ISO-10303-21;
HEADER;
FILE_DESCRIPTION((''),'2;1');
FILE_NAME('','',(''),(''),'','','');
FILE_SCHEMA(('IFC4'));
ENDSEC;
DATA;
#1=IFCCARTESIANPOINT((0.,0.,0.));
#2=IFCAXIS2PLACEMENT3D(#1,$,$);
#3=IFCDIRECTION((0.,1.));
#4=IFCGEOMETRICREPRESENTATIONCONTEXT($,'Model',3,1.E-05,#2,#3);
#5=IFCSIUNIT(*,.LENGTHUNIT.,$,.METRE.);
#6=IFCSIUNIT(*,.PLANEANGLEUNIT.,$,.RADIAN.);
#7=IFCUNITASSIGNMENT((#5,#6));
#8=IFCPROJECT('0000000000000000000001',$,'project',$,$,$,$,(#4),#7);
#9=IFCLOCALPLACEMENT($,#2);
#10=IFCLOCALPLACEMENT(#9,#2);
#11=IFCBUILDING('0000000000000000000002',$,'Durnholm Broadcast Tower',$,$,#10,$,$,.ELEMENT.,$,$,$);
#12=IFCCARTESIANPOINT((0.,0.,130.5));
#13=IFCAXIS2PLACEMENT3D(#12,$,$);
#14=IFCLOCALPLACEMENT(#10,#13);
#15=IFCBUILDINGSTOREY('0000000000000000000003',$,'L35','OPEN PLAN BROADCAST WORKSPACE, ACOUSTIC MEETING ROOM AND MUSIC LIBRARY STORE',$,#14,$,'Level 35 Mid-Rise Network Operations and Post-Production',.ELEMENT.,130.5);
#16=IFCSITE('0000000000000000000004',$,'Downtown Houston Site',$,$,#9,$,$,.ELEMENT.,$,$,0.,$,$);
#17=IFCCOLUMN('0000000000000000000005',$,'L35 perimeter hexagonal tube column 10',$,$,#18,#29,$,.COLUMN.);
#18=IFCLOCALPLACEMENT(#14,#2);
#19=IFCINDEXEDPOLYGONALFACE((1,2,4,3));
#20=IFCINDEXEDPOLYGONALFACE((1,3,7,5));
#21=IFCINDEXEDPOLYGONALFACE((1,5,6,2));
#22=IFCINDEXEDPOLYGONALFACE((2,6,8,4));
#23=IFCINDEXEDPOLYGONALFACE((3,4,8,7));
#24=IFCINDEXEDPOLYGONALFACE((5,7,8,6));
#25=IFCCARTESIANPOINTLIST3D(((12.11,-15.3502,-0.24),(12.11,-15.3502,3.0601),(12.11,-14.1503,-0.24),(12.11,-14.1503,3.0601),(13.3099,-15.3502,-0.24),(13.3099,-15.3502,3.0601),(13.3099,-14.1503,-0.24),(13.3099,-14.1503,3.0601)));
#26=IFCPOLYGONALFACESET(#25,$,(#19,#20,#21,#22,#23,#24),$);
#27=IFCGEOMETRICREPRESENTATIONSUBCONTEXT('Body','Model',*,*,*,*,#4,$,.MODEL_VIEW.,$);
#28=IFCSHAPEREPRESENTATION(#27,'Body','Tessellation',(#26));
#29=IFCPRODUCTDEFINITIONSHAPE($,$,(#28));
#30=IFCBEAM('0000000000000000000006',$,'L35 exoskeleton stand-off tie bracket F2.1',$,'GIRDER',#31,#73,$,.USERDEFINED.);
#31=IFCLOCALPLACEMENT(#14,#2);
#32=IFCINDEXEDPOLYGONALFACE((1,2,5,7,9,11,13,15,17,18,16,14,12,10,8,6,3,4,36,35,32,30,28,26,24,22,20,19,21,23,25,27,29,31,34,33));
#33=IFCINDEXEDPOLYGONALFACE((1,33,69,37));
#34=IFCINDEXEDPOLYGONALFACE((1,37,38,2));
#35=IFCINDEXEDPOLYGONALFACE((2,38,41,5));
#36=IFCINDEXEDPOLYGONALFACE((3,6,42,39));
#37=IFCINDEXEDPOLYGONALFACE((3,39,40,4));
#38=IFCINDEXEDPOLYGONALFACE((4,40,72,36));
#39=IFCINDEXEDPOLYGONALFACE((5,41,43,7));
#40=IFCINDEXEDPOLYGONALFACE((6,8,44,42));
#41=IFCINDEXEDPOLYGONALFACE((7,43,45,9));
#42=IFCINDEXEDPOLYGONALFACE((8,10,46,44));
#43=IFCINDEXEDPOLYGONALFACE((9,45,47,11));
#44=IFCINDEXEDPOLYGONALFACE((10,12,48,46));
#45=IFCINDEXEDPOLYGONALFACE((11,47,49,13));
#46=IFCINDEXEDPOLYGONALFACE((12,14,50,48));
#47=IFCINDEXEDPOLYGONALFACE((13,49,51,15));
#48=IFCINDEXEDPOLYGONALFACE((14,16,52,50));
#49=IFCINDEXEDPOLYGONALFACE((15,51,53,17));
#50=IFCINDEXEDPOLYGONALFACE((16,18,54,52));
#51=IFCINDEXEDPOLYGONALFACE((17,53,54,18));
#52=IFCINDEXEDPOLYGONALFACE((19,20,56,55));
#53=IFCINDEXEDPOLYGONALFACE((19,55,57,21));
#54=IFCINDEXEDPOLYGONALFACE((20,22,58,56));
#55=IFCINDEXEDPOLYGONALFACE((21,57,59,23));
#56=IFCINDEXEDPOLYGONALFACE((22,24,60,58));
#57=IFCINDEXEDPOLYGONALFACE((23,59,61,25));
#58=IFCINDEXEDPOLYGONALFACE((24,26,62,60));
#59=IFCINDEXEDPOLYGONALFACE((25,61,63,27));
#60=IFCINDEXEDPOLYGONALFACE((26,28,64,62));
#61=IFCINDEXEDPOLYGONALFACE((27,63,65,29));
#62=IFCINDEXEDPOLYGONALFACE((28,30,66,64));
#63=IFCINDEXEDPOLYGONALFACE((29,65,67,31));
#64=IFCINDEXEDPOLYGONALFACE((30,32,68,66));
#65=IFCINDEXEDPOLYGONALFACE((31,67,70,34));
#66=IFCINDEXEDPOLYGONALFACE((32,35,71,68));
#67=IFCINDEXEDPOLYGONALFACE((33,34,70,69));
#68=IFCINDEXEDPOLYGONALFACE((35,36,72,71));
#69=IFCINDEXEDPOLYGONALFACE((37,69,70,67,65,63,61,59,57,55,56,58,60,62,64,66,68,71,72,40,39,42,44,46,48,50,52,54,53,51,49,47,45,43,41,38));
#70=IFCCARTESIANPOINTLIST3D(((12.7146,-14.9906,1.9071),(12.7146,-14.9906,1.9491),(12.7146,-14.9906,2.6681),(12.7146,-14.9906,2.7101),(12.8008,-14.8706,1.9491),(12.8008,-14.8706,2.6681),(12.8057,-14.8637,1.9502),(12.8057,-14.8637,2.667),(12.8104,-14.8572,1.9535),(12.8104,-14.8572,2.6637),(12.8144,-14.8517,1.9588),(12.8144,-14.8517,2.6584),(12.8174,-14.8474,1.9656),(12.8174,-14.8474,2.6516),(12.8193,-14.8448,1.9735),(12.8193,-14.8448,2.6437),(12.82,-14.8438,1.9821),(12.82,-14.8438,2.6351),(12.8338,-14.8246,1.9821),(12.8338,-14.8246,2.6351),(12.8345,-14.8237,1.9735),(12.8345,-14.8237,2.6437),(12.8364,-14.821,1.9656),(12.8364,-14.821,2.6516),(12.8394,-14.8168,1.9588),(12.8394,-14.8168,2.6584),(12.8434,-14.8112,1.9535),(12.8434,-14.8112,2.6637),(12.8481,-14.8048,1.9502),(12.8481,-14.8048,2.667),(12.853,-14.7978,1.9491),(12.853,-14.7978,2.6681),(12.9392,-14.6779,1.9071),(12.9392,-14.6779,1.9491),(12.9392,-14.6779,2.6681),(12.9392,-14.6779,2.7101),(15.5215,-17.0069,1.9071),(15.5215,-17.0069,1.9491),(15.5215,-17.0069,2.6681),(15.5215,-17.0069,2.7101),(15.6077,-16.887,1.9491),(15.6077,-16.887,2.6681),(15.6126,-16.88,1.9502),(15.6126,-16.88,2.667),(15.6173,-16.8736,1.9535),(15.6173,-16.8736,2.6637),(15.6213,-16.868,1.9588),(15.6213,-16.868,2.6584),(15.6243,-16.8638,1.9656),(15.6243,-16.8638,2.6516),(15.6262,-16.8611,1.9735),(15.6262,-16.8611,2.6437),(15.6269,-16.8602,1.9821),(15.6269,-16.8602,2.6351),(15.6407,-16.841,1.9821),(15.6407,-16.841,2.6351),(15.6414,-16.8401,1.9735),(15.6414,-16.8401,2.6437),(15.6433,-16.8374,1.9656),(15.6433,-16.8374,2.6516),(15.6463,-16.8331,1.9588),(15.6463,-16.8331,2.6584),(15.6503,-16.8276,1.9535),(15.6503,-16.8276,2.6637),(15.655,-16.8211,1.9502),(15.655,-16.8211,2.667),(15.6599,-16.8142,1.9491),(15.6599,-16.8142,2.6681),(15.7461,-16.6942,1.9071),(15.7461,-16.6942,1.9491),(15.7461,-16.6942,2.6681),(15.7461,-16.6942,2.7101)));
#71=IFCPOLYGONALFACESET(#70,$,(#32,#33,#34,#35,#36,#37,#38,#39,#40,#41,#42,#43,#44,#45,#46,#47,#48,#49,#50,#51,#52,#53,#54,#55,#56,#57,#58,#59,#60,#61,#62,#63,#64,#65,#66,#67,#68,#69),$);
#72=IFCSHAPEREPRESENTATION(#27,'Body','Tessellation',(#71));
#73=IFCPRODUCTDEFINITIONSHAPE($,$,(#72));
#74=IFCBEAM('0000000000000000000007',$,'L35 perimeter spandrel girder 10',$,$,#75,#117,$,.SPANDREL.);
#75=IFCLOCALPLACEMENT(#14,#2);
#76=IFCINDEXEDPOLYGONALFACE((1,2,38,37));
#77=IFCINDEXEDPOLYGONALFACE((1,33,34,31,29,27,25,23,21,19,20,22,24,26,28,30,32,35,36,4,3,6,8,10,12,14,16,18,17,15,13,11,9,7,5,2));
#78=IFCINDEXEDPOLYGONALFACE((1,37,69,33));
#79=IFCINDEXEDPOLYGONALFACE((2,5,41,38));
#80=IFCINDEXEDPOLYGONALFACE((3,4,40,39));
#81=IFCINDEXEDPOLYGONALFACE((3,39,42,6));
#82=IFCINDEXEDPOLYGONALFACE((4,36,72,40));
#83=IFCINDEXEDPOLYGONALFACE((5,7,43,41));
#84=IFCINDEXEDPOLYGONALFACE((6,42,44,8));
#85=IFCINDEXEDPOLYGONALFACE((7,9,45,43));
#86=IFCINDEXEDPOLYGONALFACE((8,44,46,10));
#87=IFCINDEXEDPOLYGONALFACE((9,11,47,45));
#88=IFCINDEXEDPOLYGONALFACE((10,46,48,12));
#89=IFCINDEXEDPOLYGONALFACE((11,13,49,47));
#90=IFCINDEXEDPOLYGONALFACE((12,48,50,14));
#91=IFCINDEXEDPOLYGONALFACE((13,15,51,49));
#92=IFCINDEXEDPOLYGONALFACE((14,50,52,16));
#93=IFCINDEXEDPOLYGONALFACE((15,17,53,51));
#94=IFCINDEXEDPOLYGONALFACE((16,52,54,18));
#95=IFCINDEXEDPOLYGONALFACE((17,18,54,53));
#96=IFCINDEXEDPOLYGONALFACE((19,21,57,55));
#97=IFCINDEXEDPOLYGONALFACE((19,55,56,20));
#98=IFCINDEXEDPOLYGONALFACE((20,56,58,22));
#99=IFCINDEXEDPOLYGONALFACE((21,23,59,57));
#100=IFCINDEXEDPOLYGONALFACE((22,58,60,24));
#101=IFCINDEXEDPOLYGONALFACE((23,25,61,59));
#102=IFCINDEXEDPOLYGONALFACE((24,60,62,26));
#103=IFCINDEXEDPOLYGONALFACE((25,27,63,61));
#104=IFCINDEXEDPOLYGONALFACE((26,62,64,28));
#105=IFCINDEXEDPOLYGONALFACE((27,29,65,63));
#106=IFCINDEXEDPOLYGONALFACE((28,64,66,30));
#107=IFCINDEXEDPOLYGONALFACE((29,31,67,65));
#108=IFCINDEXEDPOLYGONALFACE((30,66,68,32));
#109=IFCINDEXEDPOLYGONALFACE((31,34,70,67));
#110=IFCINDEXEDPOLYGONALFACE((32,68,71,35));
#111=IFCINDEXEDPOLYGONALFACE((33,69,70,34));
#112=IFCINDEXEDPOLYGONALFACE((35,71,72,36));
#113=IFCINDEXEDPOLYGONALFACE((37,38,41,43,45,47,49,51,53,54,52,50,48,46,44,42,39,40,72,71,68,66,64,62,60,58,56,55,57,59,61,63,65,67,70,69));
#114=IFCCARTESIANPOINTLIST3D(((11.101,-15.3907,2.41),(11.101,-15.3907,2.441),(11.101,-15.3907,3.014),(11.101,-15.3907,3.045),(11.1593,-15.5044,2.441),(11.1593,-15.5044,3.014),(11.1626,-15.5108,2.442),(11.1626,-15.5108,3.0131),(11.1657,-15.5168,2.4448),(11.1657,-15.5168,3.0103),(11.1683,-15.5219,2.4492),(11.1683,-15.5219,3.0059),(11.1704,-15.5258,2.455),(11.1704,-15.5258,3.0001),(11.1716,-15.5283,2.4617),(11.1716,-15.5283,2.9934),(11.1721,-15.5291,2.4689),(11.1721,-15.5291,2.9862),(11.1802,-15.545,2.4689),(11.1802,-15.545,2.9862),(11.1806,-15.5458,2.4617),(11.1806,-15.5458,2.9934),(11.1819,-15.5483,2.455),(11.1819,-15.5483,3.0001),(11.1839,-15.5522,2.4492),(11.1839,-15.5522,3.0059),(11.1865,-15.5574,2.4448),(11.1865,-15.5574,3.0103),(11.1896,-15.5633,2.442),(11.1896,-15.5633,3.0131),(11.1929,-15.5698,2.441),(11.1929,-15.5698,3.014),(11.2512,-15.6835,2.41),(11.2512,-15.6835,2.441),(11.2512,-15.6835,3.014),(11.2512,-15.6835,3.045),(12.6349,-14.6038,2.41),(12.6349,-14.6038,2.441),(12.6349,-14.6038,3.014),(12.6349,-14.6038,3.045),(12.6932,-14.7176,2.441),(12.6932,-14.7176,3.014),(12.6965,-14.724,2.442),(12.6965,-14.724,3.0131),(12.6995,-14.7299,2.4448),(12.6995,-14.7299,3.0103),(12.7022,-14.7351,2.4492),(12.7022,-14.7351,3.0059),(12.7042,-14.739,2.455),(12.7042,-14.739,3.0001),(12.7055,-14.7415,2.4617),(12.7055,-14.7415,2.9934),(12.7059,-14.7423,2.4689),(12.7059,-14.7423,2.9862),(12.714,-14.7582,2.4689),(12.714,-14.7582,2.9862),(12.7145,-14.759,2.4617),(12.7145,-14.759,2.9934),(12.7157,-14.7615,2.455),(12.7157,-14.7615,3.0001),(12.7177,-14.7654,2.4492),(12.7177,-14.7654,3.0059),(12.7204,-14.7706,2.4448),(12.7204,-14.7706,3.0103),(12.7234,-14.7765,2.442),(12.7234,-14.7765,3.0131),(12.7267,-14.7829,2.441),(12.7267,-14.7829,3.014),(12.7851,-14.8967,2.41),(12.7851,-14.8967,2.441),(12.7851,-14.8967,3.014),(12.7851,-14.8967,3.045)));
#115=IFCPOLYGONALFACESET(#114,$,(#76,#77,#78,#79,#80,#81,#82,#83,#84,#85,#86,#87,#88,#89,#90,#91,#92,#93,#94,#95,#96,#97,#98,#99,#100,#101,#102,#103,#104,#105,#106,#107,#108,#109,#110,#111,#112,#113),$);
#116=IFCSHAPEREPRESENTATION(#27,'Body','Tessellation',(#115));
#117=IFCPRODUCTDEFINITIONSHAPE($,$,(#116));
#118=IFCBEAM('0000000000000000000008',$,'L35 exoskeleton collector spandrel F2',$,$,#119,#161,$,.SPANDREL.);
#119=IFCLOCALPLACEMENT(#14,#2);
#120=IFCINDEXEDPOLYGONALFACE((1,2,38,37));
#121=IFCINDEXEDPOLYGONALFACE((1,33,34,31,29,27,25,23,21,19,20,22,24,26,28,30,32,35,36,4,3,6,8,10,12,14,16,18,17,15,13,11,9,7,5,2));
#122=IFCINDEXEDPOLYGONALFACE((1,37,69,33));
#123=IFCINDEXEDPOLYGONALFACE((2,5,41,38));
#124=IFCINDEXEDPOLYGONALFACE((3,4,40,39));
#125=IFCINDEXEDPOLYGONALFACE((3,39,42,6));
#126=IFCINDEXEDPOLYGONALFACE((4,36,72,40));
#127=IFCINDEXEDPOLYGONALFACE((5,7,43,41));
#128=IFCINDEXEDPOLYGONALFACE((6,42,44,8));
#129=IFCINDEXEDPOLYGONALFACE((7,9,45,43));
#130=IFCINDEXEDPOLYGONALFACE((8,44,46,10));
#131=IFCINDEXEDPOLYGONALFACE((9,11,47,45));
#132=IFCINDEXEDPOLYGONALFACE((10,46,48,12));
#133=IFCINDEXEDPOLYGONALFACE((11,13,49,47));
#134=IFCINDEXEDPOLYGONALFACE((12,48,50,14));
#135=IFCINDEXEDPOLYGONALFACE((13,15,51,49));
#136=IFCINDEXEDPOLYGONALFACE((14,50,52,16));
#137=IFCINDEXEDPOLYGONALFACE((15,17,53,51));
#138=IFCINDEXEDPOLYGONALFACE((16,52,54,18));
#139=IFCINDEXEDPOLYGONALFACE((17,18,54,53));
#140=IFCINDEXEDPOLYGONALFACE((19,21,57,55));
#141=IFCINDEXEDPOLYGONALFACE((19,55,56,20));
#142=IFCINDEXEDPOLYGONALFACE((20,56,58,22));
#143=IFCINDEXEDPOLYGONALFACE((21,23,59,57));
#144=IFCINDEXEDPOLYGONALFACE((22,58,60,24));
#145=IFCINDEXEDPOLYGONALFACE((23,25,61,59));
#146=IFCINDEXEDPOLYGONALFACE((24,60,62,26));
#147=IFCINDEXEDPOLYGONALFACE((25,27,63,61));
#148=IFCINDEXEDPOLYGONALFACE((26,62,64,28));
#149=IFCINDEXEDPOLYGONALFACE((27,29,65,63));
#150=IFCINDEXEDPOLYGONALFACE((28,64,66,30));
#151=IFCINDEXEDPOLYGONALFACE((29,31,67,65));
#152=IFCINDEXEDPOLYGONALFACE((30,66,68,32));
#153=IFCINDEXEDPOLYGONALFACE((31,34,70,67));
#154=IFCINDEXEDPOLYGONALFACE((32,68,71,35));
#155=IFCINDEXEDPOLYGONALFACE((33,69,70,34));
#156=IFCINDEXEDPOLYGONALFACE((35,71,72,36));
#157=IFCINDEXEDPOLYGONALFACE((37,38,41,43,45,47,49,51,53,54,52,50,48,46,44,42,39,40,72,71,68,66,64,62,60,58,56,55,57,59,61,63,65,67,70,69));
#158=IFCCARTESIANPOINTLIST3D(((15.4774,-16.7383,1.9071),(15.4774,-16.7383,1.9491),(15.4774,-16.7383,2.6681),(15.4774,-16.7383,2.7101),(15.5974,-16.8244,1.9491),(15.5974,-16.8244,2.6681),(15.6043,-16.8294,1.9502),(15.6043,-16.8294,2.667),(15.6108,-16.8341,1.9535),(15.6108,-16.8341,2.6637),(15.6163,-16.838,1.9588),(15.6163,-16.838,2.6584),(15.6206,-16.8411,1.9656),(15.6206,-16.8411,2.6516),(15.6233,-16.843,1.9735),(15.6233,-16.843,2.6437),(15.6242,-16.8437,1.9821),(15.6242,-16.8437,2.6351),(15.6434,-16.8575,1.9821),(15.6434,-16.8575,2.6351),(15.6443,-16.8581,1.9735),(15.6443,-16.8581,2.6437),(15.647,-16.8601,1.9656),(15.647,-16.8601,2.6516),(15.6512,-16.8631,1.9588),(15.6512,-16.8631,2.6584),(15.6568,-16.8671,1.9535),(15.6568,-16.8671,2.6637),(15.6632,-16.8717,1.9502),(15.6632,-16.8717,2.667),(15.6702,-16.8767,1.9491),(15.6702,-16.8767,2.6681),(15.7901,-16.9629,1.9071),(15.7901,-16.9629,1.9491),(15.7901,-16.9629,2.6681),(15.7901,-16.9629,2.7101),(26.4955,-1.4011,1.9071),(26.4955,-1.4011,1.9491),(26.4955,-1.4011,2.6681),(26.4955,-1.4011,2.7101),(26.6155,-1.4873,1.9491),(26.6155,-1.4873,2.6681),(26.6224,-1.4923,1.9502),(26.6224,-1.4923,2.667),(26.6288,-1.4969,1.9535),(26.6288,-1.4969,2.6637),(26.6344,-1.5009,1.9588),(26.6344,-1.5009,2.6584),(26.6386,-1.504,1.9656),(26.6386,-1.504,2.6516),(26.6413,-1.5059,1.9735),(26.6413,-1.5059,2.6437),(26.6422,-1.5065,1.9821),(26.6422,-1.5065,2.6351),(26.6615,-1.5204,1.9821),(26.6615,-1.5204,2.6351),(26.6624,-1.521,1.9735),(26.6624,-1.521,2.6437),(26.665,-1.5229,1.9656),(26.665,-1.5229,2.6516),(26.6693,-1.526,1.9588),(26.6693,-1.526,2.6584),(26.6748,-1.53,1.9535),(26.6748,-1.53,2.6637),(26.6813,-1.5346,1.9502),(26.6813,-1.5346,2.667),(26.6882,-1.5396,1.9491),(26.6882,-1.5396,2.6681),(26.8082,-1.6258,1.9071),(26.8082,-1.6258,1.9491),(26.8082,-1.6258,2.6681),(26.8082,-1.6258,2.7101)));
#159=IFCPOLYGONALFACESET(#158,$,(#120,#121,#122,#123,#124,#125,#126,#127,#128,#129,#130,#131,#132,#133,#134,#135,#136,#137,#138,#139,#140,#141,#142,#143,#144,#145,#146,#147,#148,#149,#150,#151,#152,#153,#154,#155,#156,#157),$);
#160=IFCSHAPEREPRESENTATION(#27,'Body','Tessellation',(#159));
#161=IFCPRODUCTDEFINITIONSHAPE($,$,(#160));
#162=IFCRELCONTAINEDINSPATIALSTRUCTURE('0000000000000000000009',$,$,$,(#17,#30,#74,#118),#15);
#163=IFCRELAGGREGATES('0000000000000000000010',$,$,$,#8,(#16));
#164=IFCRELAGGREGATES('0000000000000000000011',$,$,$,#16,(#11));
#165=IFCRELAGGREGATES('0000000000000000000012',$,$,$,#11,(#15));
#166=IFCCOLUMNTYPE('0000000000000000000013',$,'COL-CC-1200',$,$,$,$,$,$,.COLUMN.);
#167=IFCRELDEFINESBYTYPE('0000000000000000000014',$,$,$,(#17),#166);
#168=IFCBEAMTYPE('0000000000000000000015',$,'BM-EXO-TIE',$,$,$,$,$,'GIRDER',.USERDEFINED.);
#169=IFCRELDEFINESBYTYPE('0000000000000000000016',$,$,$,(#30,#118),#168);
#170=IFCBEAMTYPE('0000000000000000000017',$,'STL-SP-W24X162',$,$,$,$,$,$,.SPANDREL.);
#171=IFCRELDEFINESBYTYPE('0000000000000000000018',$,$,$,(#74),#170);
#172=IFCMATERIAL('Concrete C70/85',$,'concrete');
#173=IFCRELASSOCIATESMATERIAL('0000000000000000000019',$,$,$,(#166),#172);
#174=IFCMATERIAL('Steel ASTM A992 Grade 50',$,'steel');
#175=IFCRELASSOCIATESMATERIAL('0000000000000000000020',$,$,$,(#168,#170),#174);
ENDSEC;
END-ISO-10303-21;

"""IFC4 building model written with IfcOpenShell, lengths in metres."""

from ifc_helpers import new_model, si_unit, direction, frame, origin, origin_2d, place, context, subcontext, project, spatial, rectangle, i_section, extrude, source, transform, mapped, material, material_profile, profile_set, type_object, type_shapes, element, save


model = new_model("IFC4")

# Units and contexts
model_context = context("Model", 3, precision=1e-05, world=origin(), true_north=direction((0.0, 1.0)))
body_context = subcontext(model_context, "Body", "Model", "MODEL_VIEW")
ifc_project = project(units=[si_unit("LENGTHUNIT", "METRE"), si_unit("PLANEANGLEUNIT", "RADIAN")], contexts=[model_context])

# Site, building, storey
site_placement = place(None, origin())
site = spatial("IfcSite", under=ifc_project, at=site_placement, Name="Downtown Houston Site", CompositionType="ELEMENT", RefElevation=0.0)
building_placement = place(site_placement, origin())
building = spatial("IfcBuilding", under=site, at=building_placement, Name="Durnholm Broadcast Tower", CompositionType="ELEMENT")
storey_placement = place(building_placement, frame((0.0, 0.0, 130.5)))
storey = spatial("IfcBuildingStorey", under=building, at=storey_placement, Name="L35", Description="OPEN PLAN BROADCAST WORKSPACE, ACOUSTIC MEETING ROOM AND MUSIC LIBRARY STORE", LongName="Level 35 Mid-Rise Network Operations and Post-Production", CompositionType="ELEMENT", Elevation=130.5)

# Column
ifc_material_1 = material(Name="Concrete C70/85", Category="concrete")
ifc_material_profile_1 = material_profile(ifc_material_1, rectangle(XDim=1.2, YDim=1.2, at=origin_2d()), Name="RC1200X1200")
ifc_profile_set_1 = profile_set([ifc_material_profile_1], Name="Concrete C70/85")
column_type = type_object("IfcColumnType", Name="COL-CC-1200", PredefinedType="COLUMN", material=ifc_profile_set_1)
shared_shape_1 = source(origin(), body_context, "Body", "SweptSolid", [
    extrude(rectangle(XDim=1.2, YDim=1.2, at=origin_2d()), origin(), (0.0, 0.0, 1.0), 3.3),
])
type_shapes(column_type, [shared_shape_1])
column_placement = place(storey_placement, frame((12.71, -14.7502, -0.24), z_axis=(0.0, 0.0, 1.0), x_axis=(1.0, 0.0, 0.0)))
element("IfcColumn", 1, at=column_placement, inside=storey, type_object=column_type, Name="L35 perimeter hexagonal tube column 10", PredefinedType="COLUMN", context=body_context, shape_type="MappedRepresentation", body=[
    mapped(shared_shape_1, transform((0.0, 0.0, 0.0), x_axis=(1.0, 0.0, 0.0), y_axis=(0.0, 1.0, 0.0), z_axis=(0.0, 0.0, 1.0), scale=1.0)),
])

# Beams
ifc_material_2 = material(Name="Steel ASTM A992 Grade 50", Category="steel")
ifc_material_profile_2 = material_profile(ifc_material_2, i_section(OverallWidth=0.385, OverallDepth=0.803, WebThickness=0.0237, FlangeThickness=0.042, FilletRadius=0.033, at=origin_2d()), Name="W30X261")
ifc_profile_set_2 = profile_set([ifc_material_profile_2], Name="Steel ASTM A992 Grade 50")
beam_type_1 = type_object("IfcBeamType", Name="BM-EXO-TIE", ElementType="GIRDER", PredefinedType="USERDEFINED", material=ifc_profile_set_2)
shared_shape_2 = source(origin(), body_context, "Body", "SweptSolid", [
    extrude(i_section(OverallWidth=0.385, OverallDepth=0.803, WebThickness=0.0237, FlangeThickness=0.042, FilletRadius=0.033, at=origin_2d()), origin(), (0.0, 0.0, 1.0), 3.4561),
])
beam_1_placement = place(storey_placement, frame((12.8269, -14.8342, 2.3086), z_axis=(0.812165, -0.583428, 0.0), x_axis=(0.583428, 0.812165, 0.0)))
element("IfcBeam", 2, at=beam_1_placement, inside=storey, type_object=beam_type_1, Name="L35 exoskeleton stand-off tie bracket F2.1", ObjectType="GIRDER", PredefinedType="USERDEFINED", context=body_context, shape_type="MappedRepresentation", body=[
    mapped(shared_shape_2, transform((0.0, 0.0, 0.0), x_axis=(1.0, 0.0, 0.0), y_axis=(0.0, 1.0, 0.0), z_axis=(0.0, 0.0, 1.0), scale=1.0)),
])
ifc_material_profile_3 = material_profile(ifc_material_2, i_section(OverallWidth=0.3291, OverallDepth=0.635, WebThickness=0.0178, FlangeThickness=0.031, FilletRadius=0.0278, at=origin_2d()), Name="W24X162")
ifc_profile_set_3 = profile_set([ifc_material_profile_3], Name="Steel ASTM A992 Grade 50")
beam_type_2 = type_object("IfcBeamType", Name="STL-SP-W24X162", PredefinedType="SPANDREL", material=ifc_profile_set_3)
shared_shape_3 = source(origin(), body_context, "Body", "SweptSolid", [
    extrude(i_section(OverallWidth=0.3291, OverallDepth=0.635, WebThickness=0.0178, FlangeThickness=0.031, FilletRadius=0.0278, at=origin_2d()), origin(), (0.0, 0.0, 1.0), 1.7239),
])
type_shapes(beam_type_2, [shared_shape_3])
beam_2_placement = place(storey_placement, frame((12.71, -14.7502, 2.7275), z_axis=(-0.889763, -0.456423, 0.0), x_axis=(0.456423, -0.889763, 0.0)))
element("IfcBeam", 3, at=beam_2_placement, inside=storey, type_object=beam_type_2, Name="L35 perimeter spandrel girder 10", PredefinedType="SPANDREL", context=body_context, shape_type="MappedRepresentation", body=[
    mapped(shared_shape_3, transform((0.0, 0.0, 0.0), x_axis=(1.0, 0.0, 0.0), y_axis=(0.0, 1.0, 0.0), z_axis=(0.0, 0.0, 1.0), scale=1.0)),
])
shared_shape_4 = source(origin(), body_context, "Body", "SweptSolid", [
    extrude(i_section(OverallWidth=0.385, OverallDepth=0.803, WebThickness=0.0237, FlangeThickness=0.042, FilletRadius=0.033, at=origin_2d()), origin(), (0.0, 0.0, 1.0), 18.8845),
])
type_shapes(beam_type_1, [shared_shape_2, shared_shape_4])
beam_3_placement = place(storey_placement, frame((15.6338, -16.8506, 2.3086), z_axis=(0.583443, 0.812154, 0.0), x_axis=(-0.812154, 0.583443, 0.0)))
element("IfcBeam", 4, at=beam_3_placement, inside=storey, type_object=beam_type_1, Name="L35 exoskeleton collector spandrel F2", PredefinedType="SPANDREL", context=body_context, shape_type="MappedRepresentation", body=[
    mapped(shared_shape_4, transform((0.0, 0.0, 0.0), x_axis=(1.0, 0.0, 0.0), y_axis=(0.0, 1.0, 0.0), z_axis=(0.0, 0.0, 1.0), scale=1.0)),
])

save(model, "model.ifc")
